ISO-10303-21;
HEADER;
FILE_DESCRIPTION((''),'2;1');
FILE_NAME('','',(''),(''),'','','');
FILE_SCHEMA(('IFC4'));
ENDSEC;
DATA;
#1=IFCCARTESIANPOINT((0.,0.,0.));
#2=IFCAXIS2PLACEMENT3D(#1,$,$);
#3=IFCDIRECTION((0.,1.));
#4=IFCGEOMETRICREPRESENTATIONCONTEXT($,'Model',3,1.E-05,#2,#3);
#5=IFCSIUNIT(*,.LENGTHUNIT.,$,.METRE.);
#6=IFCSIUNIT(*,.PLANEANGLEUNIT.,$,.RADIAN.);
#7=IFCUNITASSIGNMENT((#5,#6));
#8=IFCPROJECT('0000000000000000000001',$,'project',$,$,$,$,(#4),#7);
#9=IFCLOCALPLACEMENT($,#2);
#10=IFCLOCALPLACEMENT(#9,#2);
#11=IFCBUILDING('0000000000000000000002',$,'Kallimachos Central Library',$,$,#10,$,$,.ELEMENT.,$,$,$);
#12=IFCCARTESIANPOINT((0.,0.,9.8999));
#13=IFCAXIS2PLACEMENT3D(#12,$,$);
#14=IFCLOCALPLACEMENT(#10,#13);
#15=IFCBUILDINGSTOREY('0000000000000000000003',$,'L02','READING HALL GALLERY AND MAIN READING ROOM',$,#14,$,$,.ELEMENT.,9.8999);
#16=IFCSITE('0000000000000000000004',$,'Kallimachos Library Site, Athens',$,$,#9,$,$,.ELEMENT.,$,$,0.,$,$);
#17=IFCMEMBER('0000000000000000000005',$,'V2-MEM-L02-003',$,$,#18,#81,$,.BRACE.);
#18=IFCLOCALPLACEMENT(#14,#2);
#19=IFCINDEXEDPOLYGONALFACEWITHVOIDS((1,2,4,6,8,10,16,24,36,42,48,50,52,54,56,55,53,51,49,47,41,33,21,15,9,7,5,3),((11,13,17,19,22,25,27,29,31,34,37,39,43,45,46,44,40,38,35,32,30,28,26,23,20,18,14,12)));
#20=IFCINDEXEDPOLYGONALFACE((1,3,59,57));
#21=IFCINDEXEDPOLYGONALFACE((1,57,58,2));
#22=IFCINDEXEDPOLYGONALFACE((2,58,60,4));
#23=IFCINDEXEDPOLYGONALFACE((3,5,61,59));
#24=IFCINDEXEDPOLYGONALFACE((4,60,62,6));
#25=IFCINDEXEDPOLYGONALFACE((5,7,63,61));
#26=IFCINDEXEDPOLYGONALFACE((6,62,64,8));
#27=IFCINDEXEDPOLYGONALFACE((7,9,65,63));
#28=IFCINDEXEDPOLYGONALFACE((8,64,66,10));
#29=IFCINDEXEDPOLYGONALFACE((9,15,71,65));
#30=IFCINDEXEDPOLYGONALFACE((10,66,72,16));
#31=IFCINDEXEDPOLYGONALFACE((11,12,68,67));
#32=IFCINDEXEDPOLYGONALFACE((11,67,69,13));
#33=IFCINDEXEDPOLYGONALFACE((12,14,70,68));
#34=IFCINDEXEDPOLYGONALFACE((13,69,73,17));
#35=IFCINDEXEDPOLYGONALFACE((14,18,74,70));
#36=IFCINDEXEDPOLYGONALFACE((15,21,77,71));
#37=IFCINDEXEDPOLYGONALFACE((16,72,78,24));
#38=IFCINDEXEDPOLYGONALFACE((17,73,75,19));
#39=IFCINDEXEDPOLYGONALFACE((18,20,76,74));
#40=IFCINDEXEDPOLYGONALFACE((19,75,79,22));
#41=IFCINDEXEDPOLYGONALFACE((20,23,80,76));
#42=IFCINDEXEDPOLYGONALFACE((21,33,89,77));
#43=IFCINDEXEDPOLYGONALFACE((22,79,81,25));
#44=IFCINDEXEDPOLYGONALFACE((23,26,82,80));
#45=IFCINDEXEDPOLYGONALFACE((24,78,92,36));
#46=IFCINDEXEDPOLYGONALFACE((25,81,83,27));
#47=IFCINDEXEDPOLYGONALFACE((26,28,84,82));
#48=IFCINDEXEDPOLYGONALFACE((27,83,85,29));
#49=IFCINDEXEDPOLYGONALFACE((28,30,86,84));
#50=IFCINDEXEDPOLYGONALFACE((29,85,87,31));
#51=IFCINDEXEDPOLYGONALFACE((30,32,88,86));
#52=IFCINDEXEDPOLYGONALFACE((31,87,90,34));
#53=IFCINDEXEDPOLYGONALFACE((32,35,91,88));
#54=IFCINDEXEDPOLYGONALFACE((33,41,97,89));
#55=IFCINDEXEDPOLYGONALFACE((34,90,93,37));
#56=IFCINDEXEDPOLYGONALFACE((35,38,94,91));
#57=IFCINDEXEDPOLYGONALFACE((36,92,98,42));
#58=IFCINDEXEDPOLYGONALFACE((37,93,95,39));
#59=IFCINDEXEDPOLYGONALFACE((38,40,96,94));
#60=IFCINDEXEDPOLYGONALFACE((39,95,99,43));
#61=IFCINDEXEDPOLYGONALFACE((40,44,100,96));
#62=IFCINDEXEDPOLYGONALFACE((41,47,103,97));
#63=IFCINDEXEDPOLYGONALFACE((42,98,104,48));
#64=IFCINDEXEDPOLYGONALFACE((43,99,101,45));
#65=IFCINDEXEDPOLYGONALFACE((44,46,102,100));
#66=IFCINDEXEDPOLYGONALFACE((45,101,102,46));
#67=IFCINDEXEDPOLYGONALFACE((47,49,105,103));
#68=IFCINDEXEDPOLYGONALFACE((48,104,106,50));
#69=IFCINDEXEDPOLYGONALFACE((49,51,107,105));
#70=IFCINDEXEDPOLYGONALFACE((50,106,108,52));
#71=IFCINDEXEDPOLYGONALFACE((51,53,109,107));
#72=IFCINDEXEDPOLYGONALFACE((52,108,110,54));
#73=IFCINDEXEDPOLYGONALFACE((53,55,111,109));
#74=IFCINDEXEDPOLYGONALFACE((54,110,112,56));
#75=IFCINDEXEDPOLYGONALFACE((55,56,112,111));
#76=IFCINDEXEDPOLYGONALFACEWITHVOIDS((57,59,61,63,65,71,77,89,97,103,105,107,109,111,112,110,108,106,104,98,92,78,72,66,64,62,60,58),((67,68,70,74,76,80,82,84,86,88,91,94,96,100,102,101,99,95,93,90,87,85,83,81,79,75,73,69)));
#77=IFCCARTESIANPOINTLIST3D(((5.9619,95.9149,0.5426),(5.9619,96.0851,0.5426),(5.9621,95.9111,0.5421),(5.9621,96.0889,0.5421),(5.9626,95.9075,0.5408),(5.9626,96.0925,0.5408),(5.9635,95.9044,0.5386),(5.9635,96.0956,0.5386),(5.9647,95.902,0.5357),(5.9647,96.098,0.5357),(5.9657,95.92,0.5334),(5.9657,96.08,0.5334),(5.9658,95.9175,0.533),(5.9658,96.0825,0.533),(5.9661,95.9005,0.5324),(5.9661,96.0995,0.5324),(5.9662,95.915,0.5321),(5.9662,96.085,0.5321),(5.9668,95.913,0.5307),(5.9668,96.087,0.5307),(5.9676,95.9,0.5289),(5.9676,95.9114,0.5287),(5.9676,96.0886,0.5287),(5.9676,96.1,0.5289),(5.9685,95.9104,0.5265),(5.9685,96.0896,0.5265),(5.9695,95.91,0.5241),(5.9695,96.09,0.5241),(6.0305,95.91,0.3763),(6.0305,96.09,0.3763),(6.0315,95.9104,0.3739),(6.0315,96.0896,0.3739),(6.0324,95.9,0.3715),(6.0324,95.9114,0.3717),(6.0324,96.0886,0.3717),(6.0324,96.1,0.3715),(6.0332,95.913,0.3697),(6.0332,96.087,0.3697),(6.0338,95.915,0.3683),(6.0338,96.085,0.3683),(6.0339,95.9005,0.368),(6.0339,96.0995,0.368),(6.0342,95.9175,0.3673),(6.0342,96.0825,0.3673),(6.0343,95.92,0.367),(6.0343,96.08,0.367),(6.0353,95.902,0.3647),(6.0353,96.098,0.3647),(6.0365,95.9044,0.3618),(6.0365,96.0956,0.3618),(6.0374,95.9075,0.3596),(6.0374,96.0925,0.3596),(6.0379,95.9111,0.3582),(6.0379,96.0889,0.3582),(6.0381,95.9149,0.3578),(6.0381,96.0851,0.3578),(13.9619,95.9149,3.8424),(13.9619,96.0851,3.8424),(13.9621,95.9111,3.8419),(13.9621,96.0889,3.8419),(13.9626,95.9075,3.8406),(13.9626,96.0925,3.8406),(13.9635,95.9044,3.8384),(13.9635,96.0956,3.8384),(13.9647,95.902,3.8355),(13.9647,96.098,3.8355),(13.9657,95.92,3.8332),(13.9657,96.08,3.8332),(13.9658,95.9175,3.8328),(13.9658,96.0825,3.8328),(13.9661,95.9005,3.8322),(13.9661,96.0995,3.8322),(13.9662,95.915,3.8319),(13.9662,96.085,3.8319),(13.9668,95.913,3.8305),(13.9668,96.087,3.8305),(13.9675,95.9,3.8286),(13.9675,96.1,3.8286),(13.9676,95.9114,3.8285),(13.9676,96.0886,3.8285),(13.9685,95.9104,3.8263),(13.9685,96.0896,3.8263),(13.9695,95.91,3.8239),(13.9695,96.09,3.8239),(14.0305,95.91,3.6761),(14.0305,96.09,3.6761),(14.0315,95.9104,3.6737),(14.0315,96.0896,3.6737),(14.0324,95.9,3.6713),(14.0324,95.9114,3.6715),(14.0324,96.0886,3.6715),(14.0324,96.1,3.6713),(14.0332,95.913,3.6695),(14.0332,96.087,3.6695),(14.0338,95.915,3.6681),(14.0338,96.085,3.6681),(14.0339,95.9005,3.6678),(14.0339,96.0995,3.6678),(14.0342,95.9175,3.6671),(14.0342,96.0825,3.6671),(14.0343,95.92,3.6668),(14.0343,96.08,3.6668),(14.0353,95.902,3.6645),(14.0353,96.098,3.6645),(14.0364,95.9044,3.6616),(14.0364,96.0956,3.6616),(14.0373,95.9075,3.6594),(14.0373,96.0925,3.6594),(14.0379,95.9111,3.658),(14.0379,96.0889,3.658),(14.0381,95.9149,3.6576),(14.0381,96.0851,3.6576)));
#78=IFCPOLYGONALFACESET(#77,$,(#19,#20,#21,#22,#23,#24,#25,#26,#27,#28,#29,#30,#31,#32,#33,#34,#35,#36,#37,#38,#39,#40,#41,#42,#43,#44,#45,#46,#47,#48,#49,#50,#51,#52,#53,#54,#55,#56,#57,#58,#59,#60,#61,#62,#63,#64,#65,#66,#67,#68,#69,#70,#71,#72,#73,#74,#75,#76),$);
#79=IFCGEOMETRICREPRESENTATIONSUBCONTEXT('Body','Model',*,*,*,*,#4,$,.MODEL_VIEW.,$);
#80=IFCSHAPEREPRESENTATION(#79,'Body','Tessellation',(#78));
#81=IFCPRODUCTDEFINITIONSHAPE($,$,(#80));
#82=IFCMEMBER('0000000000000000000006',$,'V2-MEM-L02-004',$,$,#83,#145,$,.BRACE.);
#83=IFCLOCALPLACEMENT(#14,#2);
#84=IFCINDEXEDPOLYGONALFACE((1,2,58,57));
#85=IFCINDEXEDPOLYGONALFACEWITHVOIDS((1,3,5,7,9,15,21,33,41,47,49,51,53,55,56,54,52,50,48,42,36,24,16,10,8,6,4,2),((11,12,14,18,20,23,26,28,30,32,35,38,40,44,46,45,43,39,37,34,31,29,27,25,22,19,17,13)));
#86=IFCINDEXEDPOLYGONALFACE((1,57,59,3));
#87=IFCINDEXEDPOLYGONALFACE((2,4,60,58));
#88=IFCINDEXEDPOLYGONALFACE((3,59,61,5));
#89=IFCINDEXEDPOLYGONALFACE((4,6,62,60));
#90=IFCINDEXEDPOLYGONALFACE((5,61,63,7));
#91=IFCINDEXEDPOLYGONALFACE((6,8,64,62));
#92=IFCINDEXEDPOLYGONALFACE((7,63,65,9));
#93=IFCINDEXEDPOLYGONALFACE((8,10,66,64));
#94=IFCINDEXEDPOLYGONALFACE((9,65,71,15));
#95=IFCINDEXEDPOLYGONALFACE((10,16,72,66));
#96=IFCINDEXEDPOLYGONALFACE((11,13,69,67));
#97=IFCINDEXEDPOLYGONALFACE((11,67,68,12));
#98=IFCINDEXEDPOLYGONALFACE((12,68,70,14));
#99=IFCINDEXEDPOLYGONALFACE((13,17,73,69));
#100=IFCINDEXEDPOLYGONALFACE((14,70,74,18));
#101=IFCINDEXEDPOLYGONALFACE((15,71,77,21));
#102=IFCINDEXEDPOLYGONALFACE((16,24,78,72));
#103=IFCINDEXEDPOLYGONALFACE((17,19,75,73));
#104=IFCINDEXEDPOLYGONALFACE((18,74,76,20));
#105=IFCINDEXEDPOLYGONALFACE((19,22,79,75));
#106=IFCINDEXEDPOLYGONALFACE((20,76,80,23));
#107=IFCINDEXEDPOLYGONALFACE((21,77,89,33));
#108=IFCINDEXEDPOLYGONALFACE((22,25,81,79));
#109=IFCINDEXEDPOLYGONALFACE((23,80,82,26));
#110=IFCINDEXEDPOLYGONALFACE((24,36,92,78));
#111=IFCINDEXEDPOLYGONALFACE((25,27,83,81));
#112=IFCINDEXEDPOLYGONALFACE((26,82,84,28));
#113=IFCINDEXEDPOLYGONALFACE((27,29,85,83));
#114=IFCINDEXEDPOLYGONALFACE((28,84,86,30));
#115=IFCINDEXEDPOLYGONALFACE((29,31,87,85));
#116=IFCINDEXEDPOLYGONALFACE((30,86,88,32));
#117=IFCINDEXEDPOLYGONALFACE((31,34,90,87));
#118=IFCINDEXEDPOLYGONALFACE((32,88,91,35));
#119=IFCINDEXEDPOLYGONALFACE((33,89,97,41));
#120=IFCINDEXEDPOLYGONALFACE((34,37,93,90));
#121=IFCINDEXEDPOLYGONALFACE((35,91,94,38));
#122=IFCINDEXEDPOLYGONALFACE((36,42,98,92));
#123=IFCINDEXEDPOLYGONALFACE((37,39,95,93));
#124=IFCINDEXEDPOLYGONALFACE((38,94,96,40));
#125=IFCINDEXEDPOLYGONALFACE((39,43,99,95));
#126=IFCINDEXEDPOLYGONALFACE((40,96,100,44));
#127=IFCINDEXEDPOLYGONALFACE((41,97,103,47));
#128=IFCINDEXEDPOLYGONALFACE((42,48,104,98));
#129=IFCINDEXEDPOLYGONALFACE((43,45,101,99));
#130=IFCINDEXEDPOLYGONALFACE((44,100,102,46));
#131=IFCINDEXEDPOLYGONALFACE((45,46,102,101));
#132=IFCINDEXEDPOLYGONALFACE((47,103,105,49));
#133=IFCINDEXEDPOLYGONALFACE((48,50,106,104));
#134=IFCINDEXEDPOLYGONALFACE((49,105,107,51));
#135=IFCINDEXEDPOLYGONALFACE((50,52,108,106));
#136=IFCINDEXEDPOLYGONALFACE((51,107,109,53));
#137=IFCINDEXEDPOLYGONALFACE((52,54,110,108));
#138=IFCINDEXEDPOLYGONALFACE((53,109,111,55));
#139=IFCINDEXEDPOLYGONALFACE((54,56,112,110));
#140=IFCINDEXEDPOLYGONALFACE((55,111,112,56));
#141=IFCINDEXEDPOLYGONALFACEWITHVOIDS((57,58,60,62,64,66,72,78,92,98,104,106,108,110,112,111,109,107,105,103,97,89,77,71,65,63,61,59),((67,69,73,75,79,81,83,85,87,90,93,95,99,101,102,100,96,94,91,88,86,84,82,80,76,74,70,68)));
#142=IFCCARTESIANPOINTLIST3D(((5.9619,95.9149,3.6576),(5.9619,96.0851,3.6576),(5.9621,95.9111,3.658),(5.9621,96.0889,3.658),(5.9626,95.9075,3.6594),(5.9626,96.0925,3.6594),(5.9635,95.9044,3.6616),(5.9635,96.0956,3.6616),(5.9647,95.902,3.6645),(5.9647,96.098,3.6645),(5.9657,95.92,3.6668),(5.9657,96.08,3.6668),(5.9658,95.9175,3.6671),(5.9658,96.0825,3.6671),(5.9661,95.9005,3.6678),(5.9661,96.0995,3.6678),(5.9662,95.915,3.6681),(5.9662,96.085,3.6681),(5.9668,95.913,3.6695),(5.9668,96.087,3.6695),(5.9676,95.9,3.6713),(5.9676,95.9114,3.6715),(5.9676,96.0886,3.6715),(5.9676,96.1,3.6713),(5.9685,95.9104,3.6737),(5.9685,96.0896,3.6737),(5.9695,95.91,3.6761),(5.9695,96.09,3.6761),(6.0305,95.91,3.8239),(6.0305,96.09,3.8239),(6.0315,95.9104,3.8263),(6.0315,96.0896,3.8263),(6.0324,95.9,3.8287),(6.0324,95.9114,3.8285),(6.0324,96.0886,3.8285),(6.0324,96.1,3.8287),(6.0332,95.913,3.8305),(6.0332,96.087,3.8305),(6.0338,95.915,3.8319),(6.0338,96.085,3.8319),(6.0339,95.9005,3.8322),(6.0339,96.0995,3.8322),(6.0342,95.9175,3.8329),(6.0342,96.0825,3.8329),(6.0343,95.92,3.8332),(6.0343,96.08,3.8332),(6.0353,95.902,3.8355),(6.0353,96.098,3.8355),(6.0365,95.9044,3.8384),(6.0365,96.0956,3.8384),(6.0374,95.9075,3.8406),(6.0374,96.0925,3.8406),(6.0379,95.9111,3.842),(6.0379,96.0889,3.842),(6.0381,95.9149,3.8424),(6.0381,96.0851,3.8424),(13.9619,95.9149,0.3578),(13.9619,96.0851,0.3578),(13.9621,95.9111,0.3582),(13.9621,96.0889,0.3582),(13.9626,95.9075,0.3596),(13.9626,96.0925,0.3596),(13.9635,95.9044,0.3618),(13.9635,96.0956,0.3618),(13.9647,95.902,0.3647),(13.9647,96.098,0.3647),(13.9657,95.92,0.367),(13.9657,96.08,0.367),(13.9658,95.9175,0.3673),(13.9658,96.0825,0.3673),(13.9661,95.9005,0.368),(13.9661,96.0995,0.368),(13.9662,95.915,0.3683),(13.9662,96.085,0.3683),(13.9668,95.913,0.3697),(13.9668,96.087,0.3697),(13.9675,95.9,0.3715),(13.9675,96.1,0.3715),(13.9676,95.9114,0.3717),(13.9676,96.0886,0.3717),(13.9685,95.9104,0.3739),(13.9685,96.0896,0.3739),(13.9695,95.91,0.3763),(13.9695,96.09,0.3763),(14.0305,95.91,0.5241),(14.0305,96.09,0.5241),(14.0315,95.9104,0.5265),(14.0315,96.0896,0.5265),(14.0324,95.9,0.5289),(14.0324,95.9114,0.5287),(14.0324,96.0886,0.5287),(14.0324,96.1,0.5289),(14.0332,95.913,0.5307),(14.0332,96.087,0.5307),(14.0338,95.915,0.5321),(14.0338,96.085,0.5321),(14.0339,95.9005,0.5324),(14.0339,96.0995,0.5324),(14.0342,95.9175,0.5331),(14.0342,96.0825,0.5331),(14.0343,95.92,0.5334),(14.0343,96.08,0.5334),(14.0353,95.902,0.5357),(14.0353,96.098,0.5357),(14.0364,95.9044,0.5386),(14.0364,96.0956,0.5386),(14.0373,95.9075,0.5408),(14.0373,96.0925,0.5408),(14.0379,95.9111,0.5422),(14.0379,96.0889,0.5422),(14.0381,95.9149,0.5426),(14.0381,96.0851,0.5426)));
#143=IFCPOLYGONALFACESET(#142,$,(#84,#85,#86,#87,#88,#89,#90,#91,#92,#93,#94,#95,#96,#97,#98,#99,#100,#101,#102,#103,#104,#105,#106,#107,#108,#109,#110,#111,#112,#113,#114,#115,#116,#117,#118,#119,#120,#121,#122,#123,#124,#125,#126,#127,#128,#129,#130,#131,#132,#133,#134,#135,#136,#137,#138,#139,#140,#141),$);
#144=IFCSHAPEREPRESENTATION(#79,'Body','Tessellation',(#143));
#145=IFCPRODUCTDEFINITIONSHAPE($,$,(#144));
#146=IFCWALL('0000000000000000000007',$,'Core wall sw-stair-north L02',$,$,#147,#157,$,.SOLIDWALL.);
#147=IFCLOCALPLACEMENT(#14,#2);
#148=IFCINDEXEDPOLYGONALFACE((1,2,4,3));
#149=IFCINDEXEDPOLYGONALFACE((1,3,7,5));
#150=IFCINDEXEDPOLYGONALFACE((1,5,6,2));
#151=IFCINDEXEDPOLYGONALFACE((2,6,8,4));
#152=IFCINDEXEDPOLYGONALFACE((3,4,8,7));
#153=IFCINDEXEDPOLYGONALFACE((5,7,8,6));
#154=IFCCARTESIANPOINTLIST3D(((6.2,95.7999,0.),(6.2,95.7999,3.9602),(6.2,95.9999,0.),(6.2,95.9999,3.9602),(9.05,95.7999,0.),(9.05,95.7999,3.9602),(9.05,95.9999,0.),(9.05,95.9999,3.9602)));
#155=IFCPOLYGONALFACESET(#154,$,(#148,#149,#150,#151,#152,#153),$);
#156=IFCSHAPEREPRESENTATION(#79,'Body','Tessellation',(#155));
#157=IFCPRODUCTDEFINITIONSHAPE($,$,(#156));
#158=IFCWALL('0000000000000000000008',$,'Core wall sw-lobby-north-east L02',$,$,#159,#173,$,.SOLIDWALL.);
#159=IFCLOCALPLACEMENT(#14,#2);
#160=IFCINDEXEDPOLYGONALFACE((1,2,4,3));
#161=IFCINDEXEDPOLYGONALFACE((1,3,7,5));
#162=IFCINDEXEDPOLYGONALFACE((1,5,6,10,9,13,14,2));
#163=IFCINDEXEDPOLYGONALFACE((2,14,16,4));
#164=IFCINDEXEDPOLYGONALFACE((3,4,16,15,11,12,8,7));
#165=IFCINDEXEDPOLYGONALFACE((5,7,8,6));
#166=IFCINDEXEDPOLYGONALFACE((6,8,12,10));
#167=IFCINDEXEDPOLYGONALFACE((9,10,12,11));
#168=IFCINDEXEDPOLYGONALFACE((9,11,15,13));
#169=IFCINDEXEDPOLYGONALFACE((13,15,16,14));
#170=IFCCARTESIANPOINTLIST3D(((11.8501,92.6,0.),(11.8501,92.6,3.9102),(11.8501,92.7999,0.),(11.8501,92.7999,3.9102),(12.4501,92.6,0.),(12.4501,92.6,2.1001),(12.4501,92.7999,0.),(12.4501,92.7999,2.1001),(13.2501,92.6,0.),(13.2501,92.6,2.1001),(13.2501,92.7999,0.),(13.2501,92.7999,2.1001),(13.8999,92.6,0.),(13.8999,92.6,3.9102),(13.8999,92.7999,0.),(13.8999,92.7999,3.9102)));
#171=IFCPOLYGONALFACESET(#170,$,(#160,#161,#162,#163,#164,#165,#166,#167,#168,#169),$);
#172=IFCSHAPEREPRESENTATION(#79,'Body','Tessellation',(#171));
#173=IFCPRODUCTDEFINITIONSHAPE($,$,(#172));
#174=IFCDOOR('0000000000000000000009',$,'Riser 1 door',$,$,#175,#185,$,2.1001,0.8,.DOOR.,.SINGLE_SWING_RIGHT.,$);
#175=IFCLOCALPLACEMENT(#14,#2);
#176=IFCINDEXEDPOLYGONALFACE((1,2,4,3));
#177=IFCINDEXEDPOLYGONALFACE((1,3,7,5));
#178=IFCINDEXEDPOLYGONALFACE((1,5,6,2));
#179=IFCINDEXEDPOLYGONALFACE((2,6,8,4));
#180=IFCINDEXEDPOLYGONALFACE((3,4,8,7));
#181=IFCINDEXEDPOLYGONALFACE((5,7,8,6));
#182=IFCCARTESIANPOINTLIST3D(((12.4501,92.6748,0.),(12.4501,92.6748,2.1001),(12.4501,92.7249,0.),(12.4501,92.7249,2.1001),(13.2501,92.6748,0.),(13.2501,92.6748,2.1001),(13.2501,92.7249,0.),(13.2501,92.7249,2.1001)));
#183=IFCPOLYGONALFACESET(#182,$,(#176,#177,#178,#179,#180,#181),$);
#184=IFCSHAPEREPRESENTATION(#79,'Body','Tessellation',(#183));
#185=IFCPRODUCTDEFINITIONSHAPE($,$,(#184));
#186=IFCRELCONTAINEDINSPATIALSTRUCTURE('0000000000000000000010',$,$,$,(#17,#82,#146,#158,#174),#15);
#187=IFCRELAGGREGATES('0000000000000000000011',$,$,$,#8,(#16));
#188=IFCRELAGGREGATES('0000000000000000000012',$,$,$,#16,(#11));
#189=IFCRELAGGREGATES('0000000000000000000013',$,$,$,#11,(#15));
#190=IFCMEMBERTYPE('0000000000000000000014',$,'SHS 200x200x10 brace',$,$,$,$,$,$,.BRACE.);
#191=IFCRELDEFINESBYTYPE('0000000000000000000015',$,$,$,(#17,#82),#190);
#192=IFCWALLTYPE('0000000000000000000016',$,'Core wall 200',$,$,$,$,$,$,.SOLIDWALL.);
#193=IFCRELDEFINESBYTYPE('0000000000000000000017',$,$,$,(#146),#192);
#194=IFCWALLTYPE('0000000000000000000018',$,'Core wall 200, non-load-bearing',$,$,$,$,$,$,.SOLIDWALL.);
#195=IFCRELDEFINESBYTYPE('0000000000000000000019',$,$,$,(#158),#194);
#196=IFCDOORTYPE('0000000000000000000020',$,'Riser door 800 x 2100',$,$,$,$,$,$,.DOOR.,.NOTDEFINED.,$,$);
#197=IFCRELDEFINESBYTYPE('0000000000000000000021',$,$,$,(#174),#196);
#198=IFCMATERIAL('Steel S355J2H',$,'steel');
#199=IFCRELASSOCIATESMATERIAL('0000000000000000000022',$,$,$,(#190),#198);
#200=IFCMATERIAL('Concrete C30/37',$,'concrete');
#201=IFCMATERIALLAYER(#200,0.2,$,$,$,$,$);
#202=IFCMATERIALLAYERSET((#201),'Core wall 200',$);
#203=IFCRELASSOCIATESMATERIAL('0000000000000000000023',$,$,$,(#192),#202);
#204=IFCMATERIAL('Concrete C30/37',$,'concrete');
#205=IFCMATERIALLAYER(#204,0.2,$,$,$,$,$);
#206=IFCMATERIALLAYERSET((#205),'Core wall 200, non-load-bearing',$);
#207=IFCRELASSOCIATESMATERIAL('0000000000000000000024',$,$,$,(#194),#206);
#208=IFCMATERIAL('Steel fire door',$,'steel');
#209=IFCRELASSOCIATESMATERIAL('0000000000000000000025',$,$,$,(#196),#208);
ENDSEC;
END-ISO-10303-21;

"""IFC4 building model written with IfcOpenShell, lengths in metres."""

from ifc_helpers import new_model, si_unit, direction, frame, frame_2d, origin, origin_2d, place, context, subcontext, project, spatial, rectangle, hollow_rectangle, extrude, material, layer, layer_set, material_profile, profile_set, type_object, element, fill, save


model = new_model("IFC4")

# Units and contexts
model_context = context("Model", 3, precision=1e-05, world=origin(), true_north=direction((0.0, 1.0)))
body_context = subcontext(model_context, "Body", "Model", "MODEL_VIEW")
ifc_project = project(units=[si_unit("LENGTHUNIT", "METRE"), si_unit("PLANEANGLEUNIT", "RADIAN")], contexts=[model_context])

# Site, building, storey
site_placement = place(None, origin())
site = spatial("IfcSite", under=ifc_project, at=site_placement, Name="Kallimachos Library Site, Athens", CompositionType="ELEMENT", RefElevation=0.0)
building_placement = place(site_placement, origin())
building = spatial("IfcBuilding", under=site, at=building_placement, Name="Kallimachos Central Library", CompositionType="ELEMENT")
storey_placement = place(building_placement, frame((0.0, 0.0, 9.8999)))
storey = spatial("IfcBuildingStorey", under=building, at=storey_placement, Name="L02", Description="READING HALL GALLERY AND MAIN READING ROOM", CompositionType="ELEMENT", Elevation=9.8999)

# Members
ifc_material_1 = material(Name="Steel S355J2H", Category="steel")
ifc_material_profile_1 = material_profile(ifc_material_1, hollow_rectangle(XDim=0.2, YDim=0.2, WallThickness=0.01, InnerFilletRadius=0.01, OuterFilletRadius=0.0149, at=origin_2d()), Name="SHS 200x200x10")
ifc_profile_set_1 = profile_set([ifc_material_profile_1], Name="Steel S355J2H")
member_type = type_object("IfcMemberType", Name="SHS 200x200x10 brace", PredefinedType="BRACE", material=ifc_profile_set_1)
for number, where, z_axis, x_axis, name in (
    (1, (6.0, 96.0, 0.4502), (0.924447, 0.0, 0.381312), (0.0, 1.0, 0.0), "V2-MEM-L02-003"),
    (2, (6.0, 96.0, 3.75), (0.924447, 0.0, -0.381312), (0.0, 1.0, 0.0), "V2-MEM-L02-004"),
):
    element("IfcMember", number, at=place(storey_placement, frame(where, z_axis=z_axis, x_axis=x_axis)), inside=storey, type_object=member_type, Name=name, PredefinedType="BRACE", context=body_context, shape_type="SweptSolid", body=[
        extrude(hollow_rectangle(XDim=0.2, YDim=0.2, WallThickness=0.01, InnerFilletRadius=0.01, OuterFilletRadius=0.0149, at=origin_2d()), origin(), (0.0, 0.0, 1.0), 8.6538),
    ])

# Wall
ifc_material_2 = material(Name="Concrete C30/37", Category="concrete")
ifc_layer_1 = layer(ifc_material_2, 0.2)
ifc_layer_set_1 = layer_set([ifc_layer_1], Name="Core wall 200")
wall_type_1 = type_object("IfcWallType", Name="Core wall 200", PredefinedType="SOLIDWALL", material=ifc_layer_set_1)
wall_1_placement = place(storey_placement, frame((6.2, 95.8999, 0.0), z_axis=(0.0, 0.0, 1.0), x_axis=(1.0, 0.0, 0.0)))
element("IfcWall", 3, at=wall_1_placement, inside=storey, type_object=wall_type_1, Name="Core wall sw-stair-north L02", PredefinedType="SOLIDWALL", context=body_context, shape_type="SweptSolid", body=[
    extrude(rectangle(XDim=2.8501, YDim=0.2, at=frame_2d((1.425, 0.0))), origin(), (0.0, 0.0, 1.0), 3.9602),
])

# Wall, opening, door
ifc_material_3 = material(Name="Concrete C30/37", Category="concrete")
ifc_layer_2 = layer(ifc_material_3, 0.2)
ifc_layer_set_2 = layer_set([ifc_layer_2], Name="Core wall 200, non-load-bearing")
wall_type_2 = type_object("IfcWallType", Name="Core wall 200, non-load-bearing", PredefinedType="SOLIDWALL", material=ifc_layer_set_2)
wall_2_placement = place(storey_placement, frame((11.8501, 92.7, 0.0), z_axis=(0.0, 0.0, 1.0), x_axis=(1.0, 0.0, 0.0)))
wall_2 = element("IfcWall", 4, at=wall_2_placement, inside=storey, type_object=wall_type_2, Name="Core wall sw-lobby-north-east L02", PredefinedType="SOLIDWALL", context=body_context, shape_type="SweptSolid", body=[
    extrude(rectangle(XDim=2.0498, YDim=0.2, at=frame_2d((1.0249, 0.0))), origin(), (0.0, 0.0, 1.0), 3.9102),
])
opening_1_placement = place(wall_2_placement, frame((0.6001, 0.0, 0.0)))
opening_1 = element("IfcOpeningElement", 5, at=opening_1_placement, cuts=wall_2, PredefinedType="OPENING", context=body_context, shape_type="SweptSolid", body=[
    extrude(rectangle(XDim=0.8, YDim=2.1001, at=frame_2d((0.3999, 1.05))), frame((0.0, 0.1099, 0.0), z_axis=(0.0, -1.0, 0.0), x_axis=(1.0, 0.0, 0.0)), (0.0, 0.0, 1.0), 0.22),
])
ifc_material_4 = material(Name="Steel fire door", Category="steel")
door_type_1 = type_object("IfcDoorType", Name="Riser door 800 x 2100", OperationType="NOTDEFINED", PredefinedType="DOOR", material=ifc_material_4)
door_1_placement = place(opening_1_placement, origin())
door_1 = element("IfcDoor", 6, at=door_1_placement, inside=storey, type_object=door_type_1, Name="Riser 1 door", OperationType="SINGLE_SWING_RIGHT", OverallHeight=2.1001, OverallWidth=0.8, PredefinedType="DOOR", context=body_context, shape_type="SweptSolid", body=[
    extrude(rectangle(XDim=0.8, YDim=2.1001, at=frame_2d((0.3999, 1.05))), frame((0.0, 0.0249, 0.0), z_axis=(0.0, -1.0, 0.0), x_axis=(1.0, 0.0, 0.0)), (0.0, 0.0, 1.0), 0.05),
])
fill(opening_1, door_1)

save(model, "model.ifc")
